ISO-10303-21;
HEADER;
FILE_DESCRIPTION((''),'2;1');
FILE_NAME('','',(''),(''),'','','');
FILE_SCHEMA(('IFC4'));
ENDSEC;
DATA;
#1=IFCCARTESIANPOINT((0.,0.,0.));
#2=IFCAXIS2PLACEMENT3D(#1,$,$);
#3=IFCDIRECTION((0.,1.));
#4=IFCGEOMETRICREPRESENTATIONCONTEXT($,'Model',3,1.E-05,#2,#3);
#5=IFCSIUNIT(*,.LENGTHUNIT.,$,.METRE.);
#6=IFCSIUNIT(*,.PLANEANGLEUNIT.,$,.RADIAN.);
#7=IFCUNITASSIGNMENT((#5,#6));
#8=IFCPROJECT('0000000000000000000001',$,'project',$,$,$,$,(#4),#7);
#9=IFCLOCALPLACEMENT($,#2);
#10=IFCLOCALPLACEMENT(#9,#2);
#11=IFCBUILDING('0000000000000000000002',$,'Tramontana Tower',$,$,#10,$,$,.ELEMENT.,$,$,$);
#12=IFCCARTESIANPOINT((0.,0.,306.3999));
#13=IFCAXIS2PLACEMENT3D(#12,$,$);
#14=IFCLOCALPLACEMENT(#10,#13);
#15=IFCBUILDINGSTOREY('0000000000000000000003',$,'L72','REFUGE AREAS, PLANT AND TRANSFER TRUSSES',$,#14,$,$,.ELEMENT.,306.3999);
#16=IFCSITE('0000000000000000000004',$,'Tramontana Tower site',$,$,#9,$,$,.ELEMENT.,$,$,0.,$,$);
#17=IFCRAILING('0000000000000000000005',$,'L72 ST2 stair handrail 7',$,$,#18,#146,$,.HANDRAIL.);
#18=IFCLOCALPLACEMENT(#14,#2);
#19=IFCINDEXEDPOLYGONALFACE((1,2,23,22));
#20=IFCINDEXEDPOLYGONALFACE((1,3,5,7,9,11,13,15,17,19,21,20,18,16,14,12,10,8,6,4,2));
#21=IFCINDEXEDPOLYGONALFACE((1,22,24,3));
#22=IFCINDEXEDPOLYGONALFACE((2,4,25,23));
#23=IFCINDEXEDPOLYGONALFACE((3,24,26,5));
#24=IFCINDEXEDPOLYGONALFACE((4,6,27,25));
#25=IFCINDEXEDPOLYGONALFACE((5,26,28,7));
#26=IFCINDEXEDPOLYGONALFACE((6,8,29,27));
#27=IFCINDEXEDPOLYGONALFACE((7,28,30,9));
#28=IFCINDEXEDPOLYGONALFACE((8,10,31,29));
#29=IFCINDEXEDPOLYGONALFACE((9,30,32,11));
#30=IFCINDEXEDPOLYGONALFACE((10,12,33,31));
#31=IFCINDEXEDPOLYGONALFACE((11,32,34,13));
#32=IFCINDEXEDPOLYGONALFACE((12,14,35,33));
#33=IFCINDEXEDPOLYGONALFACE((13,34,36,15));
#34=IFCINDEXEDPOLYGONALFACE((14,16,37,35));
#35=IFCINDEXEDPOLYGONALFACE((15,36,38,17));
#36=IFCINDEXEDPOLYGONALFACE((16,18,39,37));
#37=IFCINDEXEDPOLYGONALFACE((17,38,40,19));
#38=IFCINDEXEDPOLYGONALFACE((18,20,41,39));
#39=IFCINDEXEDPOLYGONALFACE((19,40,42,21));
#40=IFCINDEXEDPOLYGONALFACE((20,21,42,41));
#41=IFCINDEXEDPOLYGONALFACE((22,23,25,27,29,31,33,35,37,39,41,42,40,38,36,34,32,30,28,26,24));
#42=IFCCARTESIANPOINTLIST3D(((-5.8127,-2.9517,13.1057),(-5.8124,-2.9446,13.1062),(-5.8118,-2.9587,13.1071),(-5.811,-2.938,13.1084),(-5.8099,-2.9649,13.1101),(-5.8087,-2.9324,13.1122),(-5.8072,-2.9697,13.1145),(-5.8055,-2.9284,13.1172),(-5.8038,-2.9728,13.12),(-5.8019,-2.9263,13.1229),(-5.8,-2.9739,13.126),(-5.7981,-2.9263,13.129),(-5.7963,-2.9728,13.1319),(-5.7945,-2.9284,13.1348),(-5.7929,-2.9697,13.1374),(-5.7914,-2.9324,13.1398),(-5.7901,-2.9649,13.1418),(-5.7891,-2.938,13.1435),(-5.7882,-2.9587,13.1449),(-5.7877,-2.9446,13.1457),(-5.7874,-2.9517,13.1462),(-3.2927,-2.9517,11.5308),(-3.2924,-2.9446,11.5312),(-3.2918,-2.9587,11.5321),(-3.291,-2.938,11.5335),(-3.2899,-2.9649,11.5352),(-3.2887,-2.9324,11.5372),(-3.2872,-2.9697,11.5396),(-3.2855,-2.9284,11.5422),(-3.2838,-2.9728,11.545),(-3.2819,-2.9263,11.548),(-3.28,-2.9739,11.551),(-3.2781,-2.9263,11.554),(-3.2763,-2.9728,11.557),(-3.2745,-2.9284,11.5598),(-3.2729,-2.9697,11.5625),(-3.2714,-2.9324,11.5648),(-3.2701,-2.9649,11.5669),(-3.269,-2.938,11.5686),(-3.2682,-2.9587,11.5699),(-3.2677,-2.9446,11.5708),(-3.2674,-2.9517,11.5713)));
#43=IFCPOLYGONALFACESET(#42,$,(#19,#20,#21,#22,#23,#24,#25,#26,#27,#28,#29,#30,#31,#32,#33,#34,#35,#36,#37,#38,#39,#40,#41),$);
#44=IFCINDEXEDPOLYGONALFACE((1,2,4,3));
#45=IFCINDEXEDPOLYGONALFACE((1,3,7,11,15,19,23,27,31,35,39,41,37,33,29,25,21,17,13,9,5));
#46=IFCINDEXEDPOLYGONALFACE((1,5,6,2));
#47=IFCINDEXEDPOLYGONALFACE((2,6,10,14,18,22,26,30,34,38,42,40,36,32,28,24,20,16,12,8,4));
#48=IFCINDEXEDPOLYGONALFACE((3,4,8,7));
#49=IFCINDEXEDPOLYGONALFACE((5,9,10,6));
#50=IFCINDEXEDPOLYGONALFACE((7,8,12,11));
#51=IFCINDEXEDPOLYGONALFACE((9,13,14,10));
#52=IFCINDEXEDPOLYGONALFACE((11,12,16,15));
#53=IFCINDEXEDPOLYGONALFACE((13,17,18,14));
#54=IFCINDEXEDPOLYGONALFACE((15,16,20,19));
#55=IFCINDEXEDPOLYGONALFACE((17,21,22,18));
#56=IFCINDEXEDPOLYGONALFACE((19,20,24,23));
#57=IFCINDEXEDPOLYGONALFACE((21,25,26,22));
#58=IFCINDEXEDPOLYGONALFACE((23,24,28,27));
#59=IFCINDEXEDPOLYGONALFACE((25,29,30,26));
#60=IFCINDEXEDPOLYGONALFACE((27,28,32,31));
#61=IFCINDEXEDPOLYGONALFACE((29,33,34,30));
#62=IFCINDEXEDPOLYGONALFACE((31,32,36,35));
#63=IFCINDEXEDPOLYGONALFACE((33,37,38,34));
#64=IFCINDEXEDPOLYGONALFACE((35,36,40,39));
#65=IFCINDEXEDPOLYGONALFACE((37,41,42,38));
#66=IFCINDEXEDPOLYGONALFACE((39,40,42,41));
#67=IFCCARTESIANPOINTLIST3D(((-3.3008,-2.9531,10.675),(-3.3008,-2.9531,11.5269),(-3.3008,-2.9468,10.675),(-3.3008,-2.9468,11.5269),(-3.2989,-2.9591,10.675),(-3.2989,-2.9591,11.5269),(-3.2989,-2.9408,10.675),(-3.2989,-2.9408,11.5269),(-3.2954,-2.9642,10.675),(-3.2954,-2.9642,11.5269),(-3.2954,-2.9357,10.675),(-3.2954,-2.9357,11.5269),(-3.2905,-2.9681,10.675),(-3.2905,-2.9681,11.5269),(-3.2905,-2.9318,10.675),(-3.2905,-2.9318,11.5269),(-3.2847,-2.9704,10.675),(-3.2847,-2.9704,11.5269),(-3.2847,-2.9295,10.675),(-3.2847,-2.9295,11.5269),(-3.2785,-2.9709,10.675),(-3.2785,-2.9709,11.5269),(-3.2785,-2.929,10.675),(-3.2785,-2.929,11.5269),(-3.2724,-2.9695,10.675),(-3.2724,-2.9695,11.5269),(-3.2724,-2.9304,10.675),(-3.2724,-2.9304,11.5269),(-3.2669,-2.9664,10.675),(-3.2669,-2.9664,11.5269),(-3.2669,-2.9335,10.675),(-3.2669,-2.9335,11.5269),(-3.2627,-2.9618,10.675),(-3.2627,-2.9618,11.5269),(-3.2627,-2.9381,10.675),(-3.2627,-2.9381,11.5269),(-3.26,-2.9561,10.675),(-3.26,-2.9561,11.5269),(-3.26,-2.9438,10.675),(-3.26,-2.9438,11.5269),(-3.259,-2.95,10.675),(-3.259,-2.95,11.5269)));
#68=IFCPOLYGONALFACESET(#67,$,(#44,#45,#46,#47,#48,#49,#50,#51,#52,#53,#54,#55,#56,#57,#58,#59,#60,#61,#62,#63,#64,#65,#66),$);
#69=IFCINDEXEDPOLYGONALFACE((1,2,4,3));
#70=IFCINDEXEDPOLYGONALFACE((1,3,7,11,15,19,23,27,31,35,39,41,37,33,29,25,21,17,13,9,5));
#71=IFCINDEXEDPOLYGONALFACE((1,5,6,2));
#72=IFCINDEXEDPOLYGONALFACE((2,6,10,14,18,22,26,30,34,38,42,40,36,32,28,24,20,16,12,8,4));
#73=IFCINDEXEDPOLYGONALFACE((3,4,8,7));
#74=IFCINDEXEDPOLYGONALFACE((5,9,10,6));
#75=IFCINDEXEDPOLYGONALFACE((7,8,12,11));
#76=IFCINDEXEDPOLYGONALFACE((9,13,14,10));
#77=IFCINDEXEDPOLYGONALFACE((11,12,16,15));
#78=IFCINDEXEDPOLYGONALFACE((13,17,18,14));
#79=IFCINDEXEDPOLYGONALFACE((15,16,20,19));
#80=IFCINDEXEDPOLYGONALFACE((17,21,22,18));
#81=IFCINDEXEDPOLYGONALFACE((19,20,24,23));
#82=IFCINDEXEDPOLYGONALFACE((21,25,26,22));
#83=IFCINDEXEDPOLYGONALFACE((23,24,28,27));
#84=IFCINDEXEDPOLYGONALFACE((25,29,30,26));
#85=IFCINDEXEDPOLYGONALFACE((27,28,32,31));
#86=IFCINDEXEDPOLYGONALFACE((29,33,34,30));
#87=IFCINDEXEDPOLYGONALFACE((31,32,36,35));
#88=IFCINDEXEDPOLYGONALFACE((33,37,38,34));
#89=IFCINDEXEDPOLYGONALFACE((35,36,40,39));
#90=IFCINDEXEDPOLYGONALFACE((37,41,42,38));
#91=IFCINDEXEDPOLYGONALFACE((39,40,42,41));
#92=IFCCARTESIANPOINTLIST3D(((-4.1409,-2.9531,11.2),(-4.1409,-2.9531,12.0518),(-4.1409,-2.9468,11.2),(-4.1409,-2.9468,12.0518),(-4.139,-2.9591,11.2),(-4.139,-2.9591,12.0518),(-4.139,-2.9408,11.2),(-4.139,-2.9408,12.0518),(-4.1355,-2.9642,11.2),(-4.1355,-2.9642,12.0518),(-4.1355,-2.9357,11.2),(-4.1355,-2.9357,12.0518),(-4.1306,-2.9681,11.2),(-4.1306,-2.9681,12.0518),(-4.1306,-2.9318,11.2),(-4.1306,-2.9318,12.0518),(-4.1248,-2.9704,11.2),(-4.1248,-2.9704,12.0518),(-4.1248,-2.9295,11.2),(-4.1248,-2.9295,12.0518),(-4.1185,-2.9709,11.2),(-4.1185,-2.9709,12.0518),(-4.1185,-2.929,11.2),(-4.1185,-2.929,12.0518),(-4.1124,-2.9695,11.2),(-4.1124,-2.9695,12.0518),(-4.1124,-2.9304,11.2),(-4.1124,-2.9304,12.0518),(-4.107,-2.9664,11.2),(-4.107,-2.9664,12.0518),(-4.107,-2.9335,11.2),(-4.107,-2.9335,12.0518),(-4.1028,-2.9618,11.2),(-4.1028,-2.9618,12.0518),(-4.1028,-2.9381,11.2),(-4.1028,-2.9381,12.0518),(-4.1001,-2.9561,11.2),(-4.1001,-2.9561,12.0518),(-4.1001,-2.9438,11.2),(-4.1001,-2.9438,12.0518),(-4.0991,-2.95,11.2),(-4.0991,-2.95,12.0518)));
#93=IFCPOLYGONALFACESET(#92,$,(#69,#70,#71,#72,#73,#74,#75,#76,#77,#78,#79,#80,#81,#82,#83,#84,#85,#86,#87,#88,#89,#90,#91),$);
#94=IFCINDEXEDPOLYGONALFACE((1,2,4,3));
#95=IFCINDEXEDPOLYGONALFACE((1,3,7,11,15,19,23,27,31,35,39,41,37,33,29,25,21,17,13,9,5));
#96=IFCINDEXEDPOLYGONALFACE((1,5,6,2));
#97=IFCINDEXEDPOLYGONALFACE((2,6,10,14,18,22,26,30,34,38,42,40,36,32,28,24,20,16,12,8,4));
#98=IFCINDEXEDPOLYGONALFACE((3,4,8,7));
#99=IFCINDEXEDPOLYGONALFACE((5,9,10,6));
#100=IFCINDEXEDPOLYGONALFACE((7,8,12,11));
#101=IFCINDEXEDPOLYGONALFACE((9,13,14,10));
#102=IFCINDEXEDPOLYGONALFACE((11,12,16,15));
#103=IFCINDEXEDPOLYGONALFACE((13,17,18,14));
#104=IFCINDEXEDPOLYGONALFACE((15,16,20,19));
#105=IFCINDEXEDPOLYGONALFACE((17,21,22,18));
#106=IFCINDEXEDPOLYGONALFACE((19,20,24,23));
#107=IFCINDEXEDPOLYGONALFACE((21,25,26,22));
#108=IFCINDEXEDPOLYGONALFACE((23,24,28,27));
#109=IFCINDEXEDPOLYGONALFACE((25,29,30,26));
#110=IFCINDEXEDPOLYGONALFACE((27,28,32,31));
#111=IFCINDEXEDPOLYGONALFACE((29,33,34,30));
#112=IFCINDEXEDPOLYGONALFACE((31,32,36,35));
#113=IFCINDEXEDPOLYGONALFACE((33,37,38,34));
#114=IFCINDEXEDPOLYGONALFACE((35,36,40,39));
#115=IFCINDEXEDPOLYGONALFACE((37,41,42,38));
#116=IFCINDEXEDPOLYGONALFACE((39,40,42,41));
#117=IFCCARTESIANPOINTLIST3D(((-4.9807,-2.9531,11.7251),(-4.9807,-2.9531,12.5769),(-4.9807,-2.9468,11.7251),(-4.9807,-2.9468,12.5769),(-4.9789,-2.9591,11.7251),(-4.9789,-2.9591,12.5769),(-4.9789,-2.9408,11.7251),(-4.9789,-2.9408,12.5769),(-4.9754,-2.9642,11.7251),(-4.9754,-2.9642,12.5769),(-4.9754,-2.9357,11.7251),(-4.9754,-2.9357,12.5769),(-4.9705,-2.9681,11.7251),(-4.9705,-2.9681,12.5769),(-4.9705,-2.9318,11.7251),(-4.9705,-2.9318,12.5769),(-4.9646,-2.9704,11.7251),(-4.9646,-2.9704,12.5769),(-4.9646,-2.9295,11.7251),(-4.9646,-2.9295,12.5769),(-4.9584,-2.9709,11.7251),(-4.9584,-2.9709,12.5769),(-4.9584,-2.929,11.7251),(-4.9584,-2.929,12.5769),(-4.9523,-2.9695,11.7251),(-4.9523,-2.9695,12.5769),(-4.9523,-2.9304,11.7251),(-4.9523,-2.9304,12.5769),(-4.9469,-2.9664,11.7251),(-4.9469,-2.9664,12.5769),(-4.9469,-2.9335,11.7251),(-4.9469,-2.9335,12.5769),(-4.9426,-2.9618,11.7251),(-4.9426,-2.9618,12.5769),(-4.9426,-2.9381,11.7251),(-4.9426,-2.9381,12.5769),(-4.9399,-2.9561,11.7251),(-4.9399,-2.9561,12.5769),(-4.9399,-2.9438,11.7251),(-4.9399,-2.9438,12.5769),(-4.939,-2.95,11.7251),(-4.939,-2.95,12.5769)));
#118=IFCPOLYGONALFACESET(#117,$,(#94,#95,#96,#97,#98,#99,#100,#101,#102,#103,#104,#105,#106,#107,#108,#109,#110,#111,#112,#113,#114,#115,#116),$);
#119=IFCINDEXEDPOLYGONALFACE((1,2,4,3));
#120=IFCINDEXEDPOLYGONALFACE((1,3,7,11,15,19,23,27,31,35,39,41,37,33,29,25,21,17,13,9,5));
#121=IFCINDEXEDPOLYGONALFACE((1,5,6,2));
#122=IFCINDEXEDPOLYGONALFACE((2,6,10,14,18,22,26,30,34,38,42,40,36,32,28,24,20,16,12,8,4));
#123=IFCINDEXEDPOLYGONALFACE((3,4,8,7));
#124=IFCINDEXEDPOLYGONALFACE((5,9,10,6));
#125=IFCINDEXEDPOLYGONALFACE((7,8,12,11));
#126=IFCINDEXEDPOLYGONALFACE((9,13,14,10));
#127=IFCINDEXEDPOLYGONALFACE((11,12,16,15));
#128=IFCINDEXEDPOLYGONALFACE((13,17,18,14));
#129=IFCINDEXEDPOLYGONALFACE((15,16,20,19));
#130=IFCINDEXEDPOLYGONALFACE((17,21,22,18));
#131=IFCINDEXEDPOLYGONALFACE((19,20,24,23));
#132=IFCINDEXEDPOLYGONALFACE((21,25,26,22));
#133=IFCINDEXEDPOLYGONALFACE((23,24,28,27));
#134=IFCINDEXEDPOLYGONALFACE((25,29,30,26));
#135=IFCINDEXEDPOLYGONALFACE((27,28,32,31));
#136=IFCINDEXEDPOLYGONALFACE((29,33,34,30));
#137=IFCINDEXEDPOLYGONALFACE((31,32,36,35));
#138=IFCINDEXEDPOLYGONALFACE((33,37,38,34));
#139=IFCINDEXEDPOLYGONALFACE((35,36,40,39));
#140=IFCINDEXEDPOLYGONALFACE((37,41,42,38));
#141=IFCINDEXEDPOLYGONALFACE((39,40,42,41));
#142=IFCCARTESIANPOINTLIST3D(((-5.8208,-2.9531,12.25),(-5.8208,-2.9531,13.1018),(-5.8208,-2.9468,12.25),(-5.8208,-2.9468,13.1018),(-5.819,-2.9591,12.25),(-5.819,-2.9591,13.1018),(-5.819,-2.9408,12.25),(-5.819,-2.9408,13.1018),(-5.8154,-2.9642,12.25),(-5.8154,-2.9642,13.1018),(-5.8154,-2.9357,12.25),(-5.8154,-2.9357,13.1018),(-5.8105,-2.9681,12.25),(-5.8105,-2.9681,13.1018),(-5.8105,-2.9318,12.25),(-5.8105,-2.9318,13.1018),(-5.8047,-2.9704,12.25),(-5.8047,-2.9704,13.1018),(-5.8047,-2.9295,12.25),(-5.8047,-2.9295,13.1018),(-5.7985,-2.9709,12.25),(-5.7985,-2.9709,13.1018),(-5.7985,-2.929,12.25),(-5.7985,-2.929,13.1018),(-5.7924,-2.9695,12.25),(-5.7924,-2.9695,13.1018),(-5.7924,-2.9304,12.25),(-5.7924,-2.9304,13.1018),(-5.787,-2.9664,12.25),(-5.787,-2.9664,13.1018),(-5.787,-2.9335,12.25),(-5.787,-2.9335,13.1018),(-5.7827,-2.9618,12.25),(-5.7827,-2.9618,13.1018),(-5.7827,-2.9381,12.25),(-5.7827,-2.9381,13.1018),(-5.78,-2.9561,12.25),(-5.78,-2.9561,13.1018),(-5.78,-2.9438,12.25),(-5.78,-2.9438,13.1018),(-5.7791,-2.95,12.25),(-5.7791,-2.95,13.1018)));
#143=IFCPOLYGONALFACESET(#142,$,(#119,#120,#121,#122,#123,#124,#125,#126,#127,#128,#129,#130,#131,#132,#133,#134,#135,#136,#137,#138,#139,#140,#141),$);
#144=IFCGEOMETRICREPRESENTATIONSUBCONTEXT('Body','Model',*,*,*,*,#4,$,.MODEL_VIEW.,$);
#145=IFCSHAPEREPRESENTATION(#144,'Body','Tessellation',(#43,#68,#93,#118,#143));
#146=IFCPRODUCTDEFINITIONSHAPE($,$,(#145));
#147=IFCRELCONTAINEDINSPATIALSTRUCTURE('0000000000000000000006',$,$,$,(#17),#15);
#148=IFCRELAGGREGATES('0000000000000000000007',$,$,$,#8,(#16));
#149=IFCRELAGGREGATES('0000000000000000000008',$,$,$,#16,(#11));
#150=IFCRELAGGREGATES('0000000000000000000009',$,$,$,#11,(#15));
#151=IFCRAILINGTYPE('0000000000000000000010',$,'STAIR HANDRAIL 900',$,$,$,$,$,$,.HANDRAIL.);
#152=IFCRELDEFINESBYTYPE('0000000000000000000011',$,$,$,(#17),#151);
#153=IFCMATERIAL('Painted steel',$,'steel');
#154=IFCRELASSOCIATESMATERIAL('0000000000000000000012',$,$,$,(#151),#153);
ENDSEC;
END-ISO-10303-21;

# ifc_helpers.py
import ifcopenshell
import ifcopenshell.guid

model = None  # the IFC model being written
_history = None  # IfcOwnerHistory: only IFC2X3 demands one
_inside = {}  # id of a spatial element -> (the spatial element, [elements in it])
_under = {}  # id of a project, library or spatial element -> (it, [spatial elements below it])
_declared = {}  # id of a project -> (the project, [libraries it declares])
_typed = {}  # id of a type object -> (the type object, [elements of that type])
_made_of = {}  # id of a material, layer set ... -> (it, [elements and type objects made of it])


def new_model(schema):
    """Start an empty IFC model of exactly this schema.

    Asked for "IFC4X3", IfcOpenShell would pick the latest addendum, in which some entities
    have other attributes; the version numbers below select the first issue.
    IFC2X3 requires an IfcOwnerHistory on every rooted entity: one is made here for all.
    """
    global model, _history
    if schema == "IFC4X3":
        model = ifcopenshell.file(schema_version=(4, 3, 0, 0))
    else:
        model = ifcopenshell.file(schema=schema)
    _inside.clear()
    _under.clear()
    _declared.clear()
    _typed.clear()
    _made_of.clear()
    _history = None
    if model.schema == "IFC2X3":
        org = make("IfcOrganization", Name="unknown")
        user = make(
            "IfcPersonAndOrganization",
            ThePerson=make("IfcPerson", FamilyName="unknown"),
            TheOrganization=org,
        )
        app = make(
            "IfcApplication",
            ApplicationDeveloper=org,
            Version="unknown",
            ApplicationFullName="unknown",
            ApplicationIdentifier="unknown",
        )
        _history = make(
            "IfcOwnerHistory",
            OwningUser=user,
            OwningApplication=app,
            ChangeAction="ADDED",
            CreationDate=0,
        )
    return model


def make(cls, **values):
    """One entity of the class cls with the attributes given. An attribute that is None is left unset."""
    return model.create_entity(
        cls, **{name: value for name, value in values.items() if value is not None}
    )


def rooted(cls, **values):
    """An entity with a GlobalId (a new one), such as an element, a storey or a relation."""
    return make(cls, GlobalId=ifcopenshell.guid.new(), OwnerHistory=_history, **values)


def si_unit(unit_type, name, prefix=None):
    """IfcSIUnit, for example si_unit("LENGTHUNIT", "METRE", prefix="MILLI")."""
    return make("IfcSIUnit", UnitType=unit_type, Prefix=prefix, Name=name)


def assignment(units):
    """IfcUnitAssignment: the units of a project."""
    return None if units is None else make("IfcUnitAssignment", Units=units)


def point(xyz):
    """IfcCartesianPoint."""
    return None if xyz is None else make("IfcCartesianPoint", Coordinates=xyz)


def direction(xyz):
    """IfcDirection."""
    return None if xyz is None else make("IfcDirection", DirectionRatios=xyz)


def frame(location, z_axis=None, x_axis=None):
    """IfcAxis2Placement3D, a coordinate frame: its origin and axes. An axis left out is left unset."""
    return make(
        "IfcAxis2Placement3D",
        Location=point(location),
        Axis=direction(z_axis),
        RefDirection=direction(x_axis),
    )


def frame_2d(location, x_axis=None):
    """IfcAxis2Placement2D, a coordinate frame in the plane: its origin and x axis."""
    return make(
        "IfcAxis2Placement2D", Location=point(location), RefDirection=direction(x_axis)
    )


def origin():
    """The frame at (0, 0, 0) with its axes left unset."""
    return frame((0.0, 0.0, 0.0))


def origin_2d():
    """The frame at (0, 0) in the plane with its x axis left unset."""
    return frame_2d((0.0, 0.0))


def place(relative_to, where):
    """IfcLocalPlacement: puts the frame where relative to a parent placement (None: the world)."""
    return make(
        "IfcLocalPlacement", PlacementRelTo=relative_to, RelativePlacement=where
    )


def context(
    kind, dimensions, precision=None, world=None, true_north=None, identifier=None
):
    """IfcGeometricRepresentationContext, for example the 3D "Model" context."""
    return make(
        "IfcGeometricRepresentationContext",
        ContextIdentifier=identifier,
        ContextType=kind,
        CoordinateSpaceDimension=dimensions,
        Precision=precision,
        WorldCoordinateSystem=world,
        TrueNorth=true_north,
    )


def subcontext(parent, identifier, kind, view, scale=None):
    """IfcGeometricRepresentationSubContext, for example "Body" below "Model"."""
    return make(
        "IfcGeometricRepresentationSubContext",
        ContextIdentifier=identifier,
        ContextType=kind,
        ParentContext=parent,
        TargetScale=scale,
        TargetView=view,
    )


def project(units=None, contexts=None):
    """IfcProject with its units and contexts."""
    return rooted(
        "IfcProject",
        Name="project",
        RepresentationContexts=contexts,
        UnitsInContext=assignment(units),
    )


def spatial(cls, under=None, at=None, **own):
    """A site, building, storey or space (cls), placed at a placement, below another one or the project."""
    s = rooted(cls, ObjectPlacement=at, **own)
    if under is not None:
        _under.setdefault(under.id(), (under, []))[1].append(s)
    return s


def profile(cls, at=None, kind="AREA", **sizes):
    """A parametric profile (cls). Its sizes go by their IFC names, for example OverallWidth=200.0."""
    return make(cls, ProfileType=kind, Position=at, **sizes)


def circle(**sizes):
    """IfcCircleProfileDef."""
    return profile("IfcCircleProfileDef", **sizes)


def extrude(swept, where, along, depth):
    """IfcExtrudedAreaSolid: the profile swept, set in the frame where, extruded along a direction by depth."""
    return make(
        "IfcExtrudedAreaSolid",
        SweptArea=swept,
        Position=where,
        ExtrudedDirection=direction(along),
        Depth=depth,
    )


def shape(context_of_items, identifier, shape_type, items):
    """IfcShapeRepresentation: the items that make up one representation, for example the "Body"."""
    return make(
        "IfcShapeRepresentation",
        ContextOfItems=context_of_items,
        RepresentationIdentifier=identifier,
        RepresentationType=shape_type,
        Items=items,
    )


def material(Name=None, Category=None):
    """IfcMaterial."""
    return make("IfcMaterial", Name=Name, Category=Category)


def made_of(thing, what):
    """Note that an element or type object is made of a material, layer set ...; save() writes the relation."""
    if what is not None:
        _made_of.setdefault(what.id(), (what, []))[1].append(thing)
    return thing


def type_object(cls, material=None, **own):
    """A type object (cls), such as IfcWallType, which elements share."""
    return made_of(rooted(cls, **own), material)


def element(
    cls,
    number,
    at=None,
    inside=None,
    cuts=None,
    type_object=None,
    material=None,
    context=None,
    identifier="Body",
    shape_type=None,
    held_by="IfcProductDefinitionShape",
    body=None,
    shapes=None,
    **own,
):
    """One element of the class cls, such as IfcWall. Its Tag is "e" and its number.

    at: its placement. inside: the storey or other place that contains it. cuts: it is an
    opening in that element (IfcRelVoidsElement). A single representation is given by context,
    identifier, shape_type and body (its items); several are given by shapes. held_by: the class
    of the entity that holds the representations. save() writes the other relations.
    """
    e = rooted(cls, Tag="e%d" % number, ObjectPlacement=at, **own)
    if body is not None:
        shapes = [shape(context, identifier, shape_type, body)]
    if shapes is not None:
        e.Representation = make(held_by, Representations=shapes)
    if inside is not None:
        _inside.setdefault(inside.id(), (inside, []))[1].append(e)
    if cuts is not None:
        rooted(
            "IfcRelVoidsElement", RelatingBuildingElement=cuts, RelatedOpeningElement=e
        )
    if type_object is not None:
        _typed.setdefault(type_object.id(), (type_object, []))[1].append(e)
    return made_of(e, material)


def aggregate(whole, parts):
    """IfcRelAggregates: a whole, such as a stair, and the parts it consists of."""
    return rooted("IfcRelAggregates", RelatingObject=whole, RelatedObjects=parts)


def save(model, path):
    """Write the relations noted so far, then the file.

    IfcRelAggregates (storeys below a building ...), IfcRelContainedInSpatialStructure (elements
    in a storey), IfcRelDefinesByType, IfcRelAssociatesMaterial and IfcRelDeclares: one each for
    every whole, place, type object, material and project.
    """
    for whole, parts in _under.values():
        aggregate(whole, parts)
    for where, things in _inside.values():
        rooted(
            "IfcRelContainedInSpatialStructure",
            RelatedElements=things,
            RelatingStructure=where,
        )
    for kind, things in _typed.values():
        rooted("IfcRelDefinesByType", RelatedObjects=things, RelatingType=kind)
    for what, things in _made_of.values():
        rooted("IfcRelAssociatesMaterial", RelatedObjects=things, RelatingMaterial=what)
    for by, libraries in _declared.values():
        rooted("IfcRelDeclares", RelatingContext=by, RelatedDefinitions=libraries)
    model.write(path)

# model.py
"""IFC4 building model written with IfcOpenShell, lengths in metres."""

from ifc_helpers import new_model, si_unit, direction, frame, origin, origin_2d, place, context, subcontext, project, spatial, circle, extrude, material, type_object, element, save


model = new_model("IFC4")

# Units and contexts
model_context = context("Model", 3, precision=1e-05, world=origin(), true_north=direction((0.0, 1.0)))
body_context = subcontext(model_context, "Body", "Model", "MODEL_VIEW")
ifc_project = project(units=[si_unit("LENGTHUNIT", "METRE"), si_unit("PLANEANGLEUNIT", "RADIAN")], contexts=[model_context])

# Site, building, storey
site_placement = place(None, origin())
site = spatial("IfcSite", under=ifc_project, at=site_placement, Name="Tramontana Tower site", CompositionType="ELEMENT", RefElevation=0.0)
building_placement = place(site_placement, origin())
building = spatial("IfcBuilding", under=site, at=building_placement, Name="Tramontana Tower", CompositionType="ELEMENT")
storey_placement = place(building_placement, frame((0.0, 0.0, 306.3999)))
storey = spatial("IfcBuildingStorey", under=building, at=storey_placement, Name="L72", Description="REFUGE AREAS, PLANT AND TRANSFER TRUSSES", CompositionType="ELEMENT", Elevation=306.3999)

# Railing
ifc_material_1 = material(Name="Painted steel", Category="steel")
railing_type_1 = type_object("IfcRailingType", Name="STAIR HANDRAIL 900", PredefinedType="HANDRAIL", material=ifc_material_1)
for number, where, name in (
    (1, (-3.28, -2.95, 10.675), "L72 ST2 stair handrail 7"),
):
    element("IfcRailing", number, at=place(storey_placement, frame(where)), inside=storey, type_object=railing_type_1, Name=name, PredefinedType="HANDRAIL", context=body_context, shape_type="SweptSolid", body=[
        extrude(circle(Radius=0.0239, at=origin_2d()), frame((0.0, 0.0, 0.876), z_axis=(-0.848008, 0.0, 0.529984), x_axis=(0.0, -1.0, 0.0)), (0.0, 0.0, 1.0), 2.9717),
        extrude(circle(Radius=0.021, at=origin_2d()), origin(), (0.0, 0.0, 1.0), 0.8518),
        extrude(circle(Radius=0.021, at=origin_2d()), frame((-0.8401, 0.0, 0.5249)), (0.0, 0.0, 1.0), 0.8518),
        extrude(circle(Radius=0.021, at=origin_2d()), frame((-1.6799, 0.0, 1.05)), (0.0, 0.0, 1.0), 0.8518),
        extrude(circle(Radius=0.021, at=origin_2d()), frame((-2.52, 0.0, 1.575)), (0.0, 0.0, 1.0), 0.8518),
    ])

save(model, "model.ifc")
